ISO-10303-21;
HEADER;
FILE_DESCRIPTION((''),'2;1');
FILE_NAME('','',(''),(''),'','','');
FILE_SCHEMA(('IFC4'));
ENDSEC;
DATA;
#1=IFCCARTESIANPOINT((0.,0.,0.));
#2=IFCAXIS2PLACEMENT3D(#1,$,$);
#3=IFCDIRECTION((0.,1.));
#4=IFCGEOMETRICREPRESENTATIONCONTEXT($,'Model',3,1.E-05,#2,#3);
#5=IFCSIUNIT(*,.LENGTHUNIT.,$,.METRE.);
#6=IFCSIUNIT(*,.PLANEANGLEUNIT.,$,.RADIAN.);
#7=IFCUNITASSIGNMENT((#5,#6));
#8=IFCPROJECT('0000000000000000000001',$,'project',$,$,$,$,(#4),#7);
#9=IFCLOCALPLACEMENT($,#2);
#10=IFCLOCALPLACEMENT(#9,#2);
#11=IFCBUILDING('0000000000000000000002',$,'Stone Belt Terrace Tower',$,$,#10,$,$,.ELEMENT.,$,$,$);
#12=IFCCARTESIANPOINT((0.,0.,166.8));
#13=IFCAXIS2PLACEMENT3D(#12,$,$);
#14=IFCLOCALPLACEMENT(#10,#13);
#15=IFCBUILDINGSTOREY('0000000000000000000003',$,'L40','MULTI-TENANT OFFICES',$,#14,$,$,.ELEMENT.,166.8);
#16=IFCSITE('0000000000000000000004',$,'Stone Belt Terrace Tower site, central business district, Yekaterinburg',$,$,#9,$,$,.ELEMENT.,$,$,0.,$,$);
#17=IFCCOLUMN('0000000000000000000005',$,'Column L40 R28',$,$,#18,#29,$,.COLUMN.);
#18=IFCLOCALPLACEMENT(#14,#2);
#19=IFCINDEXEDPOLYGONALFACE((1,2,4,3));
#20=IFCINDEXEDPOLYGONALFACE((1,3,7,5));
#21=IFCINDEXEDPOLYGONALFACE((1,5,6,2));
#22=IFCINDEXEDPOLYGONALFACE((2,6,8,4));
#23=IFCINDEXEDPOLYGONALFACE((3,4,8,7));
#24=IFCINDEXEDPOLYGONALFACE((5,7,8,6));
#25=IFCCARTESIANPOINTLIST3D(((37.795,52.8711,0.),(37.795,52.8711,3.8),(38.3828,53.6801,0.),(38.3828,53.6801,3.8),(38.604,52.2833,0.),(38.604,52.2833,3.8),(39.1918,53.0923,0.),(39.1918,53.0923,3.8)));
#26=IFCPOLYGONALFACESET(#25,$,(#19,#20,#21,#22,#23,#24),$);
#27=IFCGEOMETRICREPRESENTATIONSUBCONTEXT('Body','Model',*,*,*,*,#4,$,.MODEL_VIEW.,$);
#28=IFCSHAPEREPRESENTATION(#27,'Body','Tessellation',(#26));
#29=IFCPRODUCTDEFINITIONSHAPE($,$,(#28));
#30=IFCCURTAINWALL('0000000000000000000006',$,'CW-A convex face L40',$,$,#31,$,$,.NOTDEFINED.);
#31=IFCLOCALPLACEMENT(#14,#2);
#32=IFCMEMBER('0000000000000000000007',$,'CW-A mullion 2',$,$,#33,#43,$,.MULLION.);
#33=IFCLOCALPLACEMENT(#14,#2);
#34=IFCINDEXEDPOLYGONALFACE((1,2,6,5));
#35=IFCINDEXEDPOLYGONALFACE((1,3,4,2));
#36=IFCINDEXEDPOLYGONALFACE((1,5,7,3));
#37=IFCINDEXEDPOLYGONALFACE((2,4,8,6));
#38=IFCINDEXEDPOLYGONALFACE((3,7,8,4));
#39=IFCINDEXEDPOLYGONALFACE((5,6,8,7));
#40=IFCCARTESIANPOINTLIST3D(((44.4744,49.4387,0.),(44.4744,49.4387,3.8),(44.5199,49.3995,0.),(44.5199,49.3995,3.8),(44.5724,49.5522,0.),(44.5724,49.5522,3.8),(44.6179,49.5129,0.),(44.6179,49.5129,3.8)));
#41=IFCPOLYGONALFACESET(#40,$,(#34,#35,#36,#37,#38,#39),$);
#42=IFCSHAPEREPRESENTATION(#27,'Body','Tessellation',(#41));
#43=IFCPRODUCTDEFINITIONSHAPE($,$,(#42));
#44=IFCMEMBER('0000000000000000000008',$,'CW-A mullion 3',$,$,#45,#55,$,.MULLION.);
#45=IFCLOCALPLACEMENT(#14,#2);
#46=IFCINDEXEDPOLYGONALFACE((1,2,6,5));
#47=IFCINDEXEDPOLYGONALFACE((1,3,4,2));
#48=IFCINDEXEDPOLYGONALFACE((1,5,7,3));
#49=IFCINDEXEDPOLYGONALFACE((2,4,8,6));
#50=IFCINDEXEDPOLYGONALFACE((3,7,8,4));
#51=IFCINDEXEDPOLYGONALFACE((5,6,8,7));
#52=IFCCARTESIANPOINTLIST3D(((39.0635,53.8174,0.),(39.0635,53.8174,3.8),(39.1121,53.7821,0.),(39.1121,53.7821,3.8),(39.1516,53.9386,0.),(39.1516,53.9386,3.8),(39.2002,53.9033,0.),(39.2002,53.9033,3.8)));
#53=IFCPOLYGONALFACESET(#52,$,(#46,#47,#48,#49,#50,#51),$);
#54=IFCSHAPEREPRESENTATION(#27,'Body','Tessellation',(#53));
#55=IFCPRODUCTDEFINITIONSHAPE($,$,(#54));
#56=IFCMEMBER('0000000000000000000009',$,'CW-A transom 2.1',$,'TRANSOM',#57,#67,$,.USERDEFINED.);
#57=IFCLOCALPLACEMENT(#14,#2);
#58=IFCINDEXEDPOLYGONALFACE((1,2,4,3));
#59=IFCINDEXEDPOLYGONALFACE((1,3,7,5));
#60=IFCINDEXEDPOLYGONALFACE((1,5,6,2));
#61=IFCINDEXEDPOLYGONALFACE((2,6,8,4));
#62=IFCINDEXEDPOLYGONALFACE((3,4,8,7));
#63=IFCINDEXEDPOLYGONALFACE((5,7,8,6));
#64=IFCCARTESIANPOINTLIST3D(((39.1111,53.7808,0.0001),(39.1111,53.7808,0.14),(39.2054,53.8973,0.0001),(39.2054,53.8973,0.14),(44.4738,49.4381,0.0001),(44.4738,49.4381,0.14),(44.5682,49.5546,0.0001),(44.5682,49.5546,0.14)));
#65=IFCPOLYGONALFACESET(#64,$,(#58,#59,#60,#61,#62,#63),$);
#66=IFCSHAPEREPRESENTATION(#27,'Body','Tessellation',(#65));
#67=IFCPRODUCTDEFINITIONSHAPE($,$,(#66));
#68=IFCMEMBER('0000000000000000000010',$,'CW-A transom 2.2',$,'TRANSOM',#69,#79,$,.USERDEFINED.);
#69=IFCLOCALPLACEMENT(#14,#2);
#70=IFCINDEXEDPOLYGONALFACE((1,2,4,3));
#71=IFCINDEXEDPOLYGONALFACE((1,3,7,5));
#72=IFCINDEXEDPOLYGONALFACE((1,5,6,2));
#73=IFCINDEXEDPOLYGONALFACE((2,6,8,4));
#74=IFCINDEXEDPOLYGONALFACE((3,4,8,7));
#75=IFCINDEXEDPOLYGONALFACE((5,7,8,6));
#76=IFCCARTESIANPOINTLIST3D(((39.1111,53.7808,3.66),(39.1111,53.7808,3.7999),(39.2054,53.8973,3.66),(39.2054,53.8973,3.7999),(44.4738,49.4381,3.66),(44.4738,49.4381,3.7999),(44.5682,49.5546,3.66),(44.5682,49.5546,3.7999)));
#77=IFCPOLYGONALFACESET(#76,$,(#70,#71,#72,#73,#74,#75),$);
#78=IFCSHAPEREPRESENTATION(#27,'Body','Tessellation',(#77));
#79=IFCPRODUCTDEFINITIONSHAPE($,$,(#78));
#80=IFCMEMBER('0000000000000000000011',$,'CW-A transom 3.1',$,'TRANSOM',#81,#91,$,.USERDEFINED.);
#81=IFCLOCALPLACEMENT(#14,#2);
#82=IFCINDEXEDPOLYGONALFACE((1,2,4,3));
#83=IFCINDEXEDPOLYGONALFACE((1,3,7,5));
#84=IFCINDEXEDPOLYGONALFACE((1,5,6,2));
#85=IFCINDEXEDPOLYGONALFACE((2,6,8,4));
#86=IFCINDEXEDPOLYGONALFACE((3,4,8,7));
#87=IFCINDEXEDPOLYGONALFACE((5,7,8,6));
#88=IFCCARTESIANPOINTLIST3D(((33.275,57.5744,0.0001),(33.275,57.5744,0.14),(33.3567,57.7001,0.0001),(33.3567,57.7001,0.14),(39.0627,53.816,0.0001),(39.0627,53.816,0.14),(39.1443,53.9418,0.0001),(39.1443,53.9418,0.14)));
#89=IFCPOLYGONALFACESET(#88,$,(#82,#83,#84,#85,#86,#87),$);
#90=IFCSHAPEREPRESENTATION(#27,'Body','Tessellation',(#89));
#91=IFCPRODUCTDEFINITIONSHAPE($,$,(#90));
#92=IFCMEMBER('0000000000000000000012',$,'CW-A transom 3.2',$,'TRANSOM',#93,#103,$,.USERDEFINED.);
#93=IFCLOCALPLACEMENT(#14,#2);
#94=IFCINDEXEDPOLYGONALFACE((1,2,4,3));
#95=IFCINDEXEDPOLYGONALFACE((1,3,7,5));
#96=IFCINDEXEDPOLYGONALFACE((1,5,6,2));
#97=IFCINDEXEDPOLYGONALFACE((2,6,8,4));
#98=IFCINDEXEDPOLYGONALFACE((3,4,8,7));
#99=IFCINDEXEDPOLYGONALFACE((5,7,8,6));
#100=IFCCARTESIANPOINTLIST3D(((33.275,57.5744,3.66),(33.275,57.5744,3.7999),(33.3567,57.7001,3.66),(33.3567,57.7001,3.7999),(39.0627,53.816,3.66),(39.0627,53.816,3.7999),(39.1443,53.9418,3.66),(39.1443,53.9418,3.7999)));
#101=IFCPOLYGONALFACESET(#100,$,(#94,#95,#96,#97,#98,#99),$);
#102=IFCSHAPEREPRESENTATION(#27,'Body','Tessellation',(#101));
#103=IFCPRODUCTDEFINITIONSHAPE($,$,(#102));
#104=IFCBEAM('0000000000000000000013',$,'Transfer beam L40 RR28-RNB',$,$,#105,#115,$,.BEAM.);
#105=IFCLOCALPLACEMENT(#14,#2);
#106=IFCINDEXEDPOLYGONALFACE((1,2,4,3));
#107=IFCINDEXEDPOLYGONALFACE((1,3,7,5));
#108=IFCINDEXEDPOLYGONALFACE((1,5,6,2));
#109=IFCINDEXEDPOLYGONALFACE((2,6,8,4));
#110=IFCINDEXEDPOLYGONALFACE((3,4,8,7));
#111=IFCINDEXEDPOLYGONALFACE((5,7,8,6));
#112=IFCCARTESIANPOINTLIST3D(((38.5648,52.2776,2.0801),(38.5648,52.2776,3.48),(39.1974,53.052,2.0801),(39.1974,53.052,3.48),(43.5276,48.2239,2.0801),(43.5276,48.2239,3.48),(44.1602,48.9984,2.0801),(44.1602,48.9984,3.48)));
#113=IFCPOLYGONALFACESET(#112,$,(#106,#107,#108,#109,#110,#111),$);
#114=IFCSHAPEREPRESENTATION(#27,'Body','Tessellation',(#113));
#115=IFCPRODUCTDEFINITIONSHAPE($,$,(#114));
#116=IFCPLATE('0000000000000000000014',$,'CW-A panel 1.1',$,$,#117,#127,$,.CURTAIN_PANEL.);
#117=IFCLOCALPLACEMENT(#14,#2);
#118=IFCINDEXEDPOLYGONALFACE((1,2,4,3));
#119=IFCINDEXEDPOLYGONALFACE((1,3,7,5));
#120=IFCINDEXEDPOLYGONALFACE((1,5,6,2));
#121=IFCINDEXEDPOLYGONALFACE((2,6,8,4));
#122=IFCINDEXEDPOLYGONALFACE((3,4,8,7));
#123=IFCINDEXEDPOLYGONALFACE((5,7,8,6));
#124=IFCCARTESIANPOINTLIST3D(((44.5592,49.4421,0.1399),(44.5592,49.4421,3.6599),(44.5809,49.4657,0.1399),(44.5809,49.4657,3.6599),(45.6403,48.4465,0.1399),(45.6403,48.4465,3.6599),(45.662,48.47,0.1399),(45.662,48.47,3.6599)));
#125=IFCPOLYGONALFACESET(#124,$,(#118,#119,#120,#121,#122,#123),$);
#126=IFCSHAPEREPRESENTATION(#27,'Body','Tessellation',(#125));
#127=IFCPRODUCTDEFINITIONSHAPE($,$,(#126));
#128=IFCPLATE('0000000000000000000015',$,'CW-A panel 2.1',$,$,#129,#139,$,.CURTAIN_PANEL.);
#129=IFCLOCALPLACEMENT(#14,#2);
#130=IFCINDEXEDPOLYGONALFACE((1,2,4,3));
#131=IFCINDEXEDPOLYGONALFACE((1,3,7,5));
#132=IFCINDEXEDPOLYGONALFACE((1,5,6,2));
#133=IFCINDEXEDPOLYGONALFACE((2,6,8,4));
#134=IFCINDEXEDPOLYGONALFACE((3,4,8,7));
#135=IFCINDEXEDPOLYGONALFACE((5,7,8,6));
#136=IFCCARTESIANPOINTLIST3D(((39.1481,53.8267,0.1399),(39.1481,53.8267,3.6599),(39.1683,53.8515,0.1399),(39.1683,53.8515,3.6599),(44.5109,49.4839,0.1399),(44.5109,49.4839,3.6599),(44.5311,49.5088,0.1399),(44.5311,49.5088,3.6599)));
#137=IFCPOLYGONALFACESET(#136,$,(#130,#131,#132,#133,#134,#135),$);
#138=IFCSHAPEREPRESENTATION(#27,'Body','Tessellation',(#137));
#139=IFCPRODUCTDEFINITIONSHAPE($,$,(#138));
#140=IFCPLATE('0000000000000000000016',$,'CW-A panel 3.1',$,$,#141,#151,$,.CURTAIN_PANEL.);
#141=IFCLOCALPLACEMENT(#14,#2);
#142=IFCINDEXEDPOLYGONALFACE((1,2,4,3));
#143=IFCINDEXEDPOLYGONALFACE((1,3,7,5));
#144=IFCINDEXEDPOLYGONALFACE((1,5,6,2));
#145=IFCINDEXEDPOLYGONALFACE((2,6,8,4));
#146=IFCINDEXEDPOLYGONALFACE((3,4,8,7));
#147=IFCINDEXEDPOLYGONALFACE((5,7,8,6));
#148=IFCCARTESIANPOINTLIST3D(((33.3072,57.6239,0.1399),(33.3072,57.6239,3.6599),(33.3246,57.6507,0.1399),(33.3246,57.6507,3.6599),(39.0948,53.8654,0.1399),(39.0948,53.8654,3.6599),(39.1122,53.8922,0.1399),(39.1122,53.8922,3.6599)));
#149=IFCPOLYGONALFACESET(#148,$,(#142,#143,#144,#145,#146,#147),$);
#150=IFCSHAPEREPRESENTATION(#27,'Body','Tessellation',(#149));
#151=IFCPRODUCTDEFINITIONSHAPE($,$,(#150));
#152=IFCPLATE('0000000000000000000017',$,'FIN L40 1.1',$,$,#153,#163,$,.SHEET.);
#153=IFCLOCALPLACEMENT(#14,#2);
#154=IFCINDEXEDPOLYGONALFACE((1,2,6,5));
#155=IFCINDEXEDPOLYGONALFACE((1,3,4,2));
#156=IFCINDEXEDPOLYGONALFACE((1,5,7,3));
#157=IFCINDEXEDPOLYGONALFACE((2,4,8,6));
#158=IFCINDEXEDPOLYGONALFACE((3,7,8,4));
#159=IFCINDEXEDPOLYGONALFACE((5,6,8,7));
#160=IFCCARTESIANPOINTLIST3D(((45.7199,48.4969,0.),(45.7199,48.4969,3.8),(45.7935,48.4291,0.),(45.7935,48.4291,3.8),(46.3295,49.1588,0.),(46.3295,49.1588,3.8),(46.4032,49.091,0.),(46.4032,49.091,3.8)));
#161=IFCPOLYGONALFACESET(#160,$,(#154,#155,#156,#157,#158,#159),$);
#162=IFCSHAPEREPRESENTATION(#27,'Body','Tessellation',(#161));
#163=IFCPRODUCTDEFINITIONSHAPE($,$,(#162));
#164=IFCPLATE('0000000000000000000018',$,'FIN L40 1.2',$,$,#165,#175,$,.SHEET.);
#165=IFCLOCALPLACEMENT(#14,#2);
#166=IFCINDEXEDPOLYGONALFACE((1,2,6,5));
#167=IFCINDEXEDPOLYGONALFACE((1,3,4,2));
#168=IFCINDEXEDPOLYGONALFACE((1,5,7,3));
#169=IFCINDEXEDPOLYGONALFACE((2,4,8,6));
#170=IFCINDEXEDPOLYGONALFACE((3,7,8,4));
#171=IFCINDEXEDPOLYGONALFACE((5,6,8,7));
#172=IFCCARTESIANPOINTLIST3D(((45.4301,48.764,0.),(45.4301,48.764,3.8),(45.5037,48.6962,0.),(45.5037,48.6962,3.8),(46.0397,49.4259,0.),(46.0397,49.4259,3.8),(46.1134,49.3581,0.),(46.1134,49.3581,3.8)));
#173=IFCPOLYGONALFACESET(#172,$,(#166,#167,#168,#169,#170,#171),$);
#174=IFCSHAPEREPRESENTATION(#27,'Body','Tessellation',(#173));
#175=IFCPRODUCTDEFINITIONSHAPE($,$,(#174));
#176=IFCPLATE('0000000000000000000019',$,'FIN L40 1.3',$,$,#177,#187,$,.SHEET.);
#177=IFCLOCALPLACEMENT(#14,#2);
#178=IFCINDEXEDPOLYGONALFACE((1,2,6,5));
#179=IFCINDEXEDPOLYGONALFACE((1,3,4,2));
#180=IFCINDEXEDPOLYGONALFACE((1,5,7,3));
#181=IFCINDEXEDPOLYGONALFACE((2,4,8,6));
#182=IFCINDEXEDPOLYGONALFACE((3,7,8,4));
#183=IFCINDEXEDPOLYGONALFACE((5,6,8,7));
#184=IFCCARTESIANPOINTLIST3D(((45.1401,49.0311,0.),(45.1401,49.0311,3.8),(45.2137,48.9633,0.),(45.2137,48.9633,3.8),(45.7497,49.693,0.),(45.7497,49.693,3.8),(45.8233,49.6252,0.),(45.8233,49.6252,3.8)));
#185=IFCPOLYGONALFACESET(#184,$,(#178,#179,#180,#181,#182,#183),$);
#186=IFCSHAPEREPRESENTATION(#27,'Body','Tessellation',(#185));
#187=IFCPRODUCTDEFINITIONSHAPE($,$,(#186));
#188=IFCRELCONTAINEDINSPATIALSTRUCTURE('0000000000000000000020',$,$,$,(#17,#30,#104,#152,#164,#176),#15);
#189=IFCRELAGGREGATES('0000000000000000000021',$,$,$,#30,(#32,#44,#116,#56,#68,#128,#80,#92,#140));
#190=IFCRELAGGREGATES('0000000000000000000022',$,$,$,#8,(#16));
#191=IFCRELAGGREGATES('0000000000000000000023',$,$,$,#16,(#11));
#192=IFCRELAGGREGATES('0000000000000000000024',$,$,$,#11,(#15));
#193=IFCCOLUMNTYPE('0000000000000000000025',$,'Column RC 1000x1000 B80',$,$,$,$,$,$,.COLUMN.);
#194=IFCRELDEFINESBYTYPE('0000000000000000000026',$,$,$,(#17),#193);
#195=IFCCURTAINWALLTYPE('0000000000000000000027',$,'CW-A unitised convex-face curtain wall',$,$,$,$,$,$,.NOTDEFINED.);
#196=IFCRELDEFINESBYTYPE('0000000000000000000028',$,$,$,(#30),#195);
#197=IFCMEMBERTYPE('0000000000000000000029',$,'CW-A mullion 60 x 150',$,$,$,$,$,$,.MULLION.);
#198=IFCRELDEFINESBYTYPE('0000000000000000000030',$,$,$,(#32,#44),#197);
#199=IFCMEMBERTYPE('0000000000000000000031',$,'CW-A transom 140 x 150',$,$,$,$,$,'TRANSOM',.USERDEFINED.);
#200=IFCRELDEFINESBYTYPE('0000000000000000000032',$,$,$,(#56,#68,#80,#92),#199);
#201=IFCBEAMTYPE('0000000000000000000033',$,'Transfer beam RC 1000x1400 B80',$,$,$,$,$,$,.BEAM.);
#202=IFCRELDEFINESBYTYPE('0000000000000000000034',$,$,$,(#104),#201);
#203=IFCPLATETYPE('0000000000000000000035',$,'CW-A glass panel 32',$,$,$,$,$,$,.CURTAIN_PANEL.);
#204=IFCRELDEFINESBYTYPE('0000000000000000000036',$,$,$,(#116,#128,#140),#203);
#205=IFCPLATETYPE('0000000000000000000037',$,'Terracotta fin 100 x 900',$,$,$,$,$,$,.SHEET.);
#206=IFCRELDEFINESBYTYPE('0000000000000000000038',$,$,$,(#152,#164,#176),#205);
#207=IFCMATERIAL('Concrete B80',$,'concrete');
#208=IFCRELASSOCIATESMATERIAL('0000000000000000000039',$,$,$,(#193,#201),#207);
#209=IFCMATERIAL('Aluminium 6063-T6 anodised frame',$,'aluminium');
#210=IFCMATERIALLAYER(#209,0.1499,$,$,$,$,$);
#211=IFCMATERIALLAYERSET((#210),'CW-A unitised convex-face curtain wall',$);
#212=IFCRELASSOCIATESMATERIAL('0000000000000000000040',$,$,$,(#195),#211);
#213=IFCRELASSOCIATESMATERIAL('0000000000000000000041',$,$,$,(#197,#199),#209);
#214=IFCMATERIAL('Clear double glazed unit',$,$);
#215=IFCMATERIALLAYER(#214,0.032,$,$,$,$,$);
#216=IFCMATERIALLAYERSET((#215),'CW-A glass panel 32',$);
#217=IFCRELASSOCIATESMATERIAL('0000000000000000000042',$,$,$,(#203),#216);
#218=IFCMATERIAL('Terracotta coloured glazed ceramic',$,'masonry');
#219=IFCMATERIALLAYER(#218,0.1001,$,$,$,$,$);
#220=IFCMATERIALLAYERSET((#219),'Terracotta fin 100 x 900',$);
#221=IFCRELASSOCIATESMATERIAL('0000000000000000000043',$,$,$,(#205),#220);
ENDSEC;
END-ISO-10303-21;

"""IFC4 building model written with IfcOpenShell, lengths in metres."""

from ifc_helpers import new_model, si_unit, direction, frame, origin, origin_2d, place, context, subcontext, project, spatial, rectangle, extrude, material, layer, layer_set, material_profile, profile_set, type_object, element, aggregate, save


model = new_model("IFC4")

# Units and contexts
model_context = context("Model", 3, precision=1e-05, world=origin(), true_north=direction((0.0, 1.0)))
body_context = subcontext(model_context, "Body", "Model", "MODEL_VIEW")
ifc_project = project(units=[si_unit("LENGTHUNIT", "METRE"), si_unit("PLANEANGLEUNIT", "RADIAN")], contexts=[model_context])

# Site, building, storey
site_placement = place(None, origin())
site = spatial("IfcSite", under=ifc_project, at=site_placement, Name="Stone Belt Terrace Tower site, central business district, Yekaterinburg", CompositionType="ELEMENT", RefElevation=0.0)
building_placement = place(site_placement, origin())
building = spatial("IfcBuilding", under=site, at=building_placement, Name="Stone Belt Terrace Tower", CompositionType="ELEMENT")
storey_placement = place(building_placement, frame((0.0, 0.0, 166.8)))
storey = spatial("IfcBuildingStorey", under=building, at=storey_placement, Name="L40", Description="MULTI-TENANT OFFICES", CompositionType="ELEMENT", Elevation=166.8)

# Column
ifc_material_1 = material(Name="Concrete B80", Category="concrete")
ifc_material_profile_1 = material_profile(ifc_material_1, rectangle(XDim=1.0, YDim=1.0, at=origin_2d()), Name="RC 1000x1000")
ifc_profile_set_1 = profile_set([ifc_material_profile_1], Name="Concrete B80")
column_type = type_object("IfcColumnType", Name="Column RC 1000x1000 B80", PredefinedType="COLUMN", material=ifc_profile_set_1)
column_placement = place(storey_placement, frame((38.4934, 52.9817, 0.0), z_axis=(0.0, 0.0, 1.0), x_axis=(0.809017, -0.587785, 0.0)))
element("IfcColumn", 1, at=column_placement, inside=storey, type_object=column_type, Name="Column L40 R28", PredefinedType="COLUMN", context=body_context, shape_type="SweptSolid", body=[
    extrude(rectangle(XDim=1.0, YDim=1.0, at=origin_2d()), origin(), (0.0, 0.0, 1.0), 3.8),
])

# Curtain wall, members
ifc_material_2 = material(Name="Aluminium 6063-T6 anodised frame", Category="aluminium")
ifc_layer_1 = layer(ifc_material_2, 0.1499)
ifc_layer_set_1 = layer_set([ifc_layer_1], Name="CW-A unitised convex-face curtain wall")
curtain_wall_type = type_object("IfcCurtainWallType", Name="CW-A unitised convex-face curtain wall", PredefinedType="NOTDEFINED", material=ifc_layer_set_1)
curtain_wall_placement = place(storey_placement, origin())
curtain_wall = element("IfcCurtainWall", 2, at=curtain_wall_placement, inside=storey, type_object=curtain_wall_type, Name="CW-A convex face L40", PredefinedType="NOTDEFINED")
ifc_material_profile_2 = material_profile(ifc_material_2, rectangle(XDim=0.1499, YDim=0.0601, at=origin_2d()), Name="Aluminium 6063-T6 60x150")
ifc_profile_set_2 = profile_set([ifc_material_profile_2], Name="Aluminium 6063-T6 anodised frame")
member_type_1 = type_object("IfcMemberType", Name="CW-A mullion 60 x 150", PredefinedType="MULLION", material=ifc_profile_set_2)
member_1_placement = place(storey_placement, frame((44.5461, 49.4758, 0.0), z_axis=(0.0, 0.0, 1.0), x_axis=(-0.653721, -0.756736, 0.0)))
member_1 = element("IfcMember", 3, at=member_1_placement, type_object=member_type_1, Name="CW-A mullion 2", PredefinedType="MULLION", context=body_context, shape_type="SweptSolid", body=[
    extrude(rectangle(XDim=0.1499, YDim=0.0601, at=origin_2d()), origin(), (0.0, 0.0, 1.0), 3.8),
])
member_2_placement = place(storey_placement, frame((39.1318, 53.8604, 0.0), z_axis=(0.0, 0.0, 1.0), x_axis=(-0.587785, -0.809017, 0.0)))
member_2 = element("IfcMember", 4, at=member_2_placement, type_object=member_type_1, Name="CW-A mullion 3", PredefinedType="MULLION", context=body_context, shape_type="SweptSolid", body=[
    extrude(rectangle(XDim=0.1499, YDim=0.0601, at=origin_2d()), origin(), (0.0, 0.0, 1.0), 3.8),
])
ifc_material_profile_3 = material_profile(ifc_material_2, rectangle(XDim=0.1499, YDim=0.1399, at=origin_2d()), Name="Aluminium 6063-T6 150x140")
ifc_profile_set_3 = profile_set([ifc_material_profile_3], Name="Aluminium 6063-T6 anodised frame")
member_type_2 = type_object("IfcMemberType", Name="CW-A transom 140 x 150", ElementType="TRANSOM", PredefinedType="USERDEFINED", material=ifc_profile_set_3)
member_3_placement = place(storey_placement, frame((44.521, 49.4963, 0.0701), z_axis=(-0.777141, 0.629326, 0.0), x_axis=(-0.629326, -0.777141, 0.0)))
member_3 = element("IfcMember", 5, at=member_3_placement, type_object=member_type_2, Name="CW-A transom 2.1", ObjectType="TRANSOM", PredefinedType="USERDEFINED", context=body_context, shape_type="SweptSolid", body=[
    extrude(rectangle(XDim=0.1499, YDim=0.1399, at=origin_2d()), origin(), (0.0, 0.0, 1.0), 6.9006),
])
member_4_placement = place(storey_placement, frame((44.521, 49.4963, 3.73), z_axis=(-0.777141, 0.629326, 0.0), x_axis=(-0.629326, -0.777141, 0.0)))
member_4 = element("IfcMember", 6, at=member_4_placement, type_object=member_type_2, Name="CW-A transom 2.2", ObjectType="TRANSOM", PredefinedType="USERDEFINED", context=body_context, shape_type="SweptSolid", body=[
    extrude(rectangle(XDim=0.1499, YDim=0.1399, at=origin_2d()), origin(), (0.0, 0.0, 1.0), 6.9006),
])
member_5_placement = place(storey_placement, frame((39.1035, 53.8789, 0.0701), z_axis=(-0.838684, 0.544618, 0.0), x_axis=(-0.544618, -0.838684, 0.0)))
member_5 = element("IfcMember", 7, at=member_5_placement, type_object=member_type_2, Name="CW-A transom 3.1", ObjectType="TRANSOM", PredefinedType="USERDEFINED", context=body_context, shape_type="SweptSolid", body=[
    extrude(rectangle(XDim=0.1499, YDim=0.1399, at=origin_2d()), origin(), (0.0, 0.0, 1.0), 6.9009),
])
member_6_placement = place(storey_placement, frame((39.1035, 53.8789, 3.73), z_axis=(-0.838684, 0.544618, 0.0), x_axis=(-0.544618, -0.838684, 0.0)))
member_6 = element("IfcMember", 8, at=member_6_placement, type_object=member_type_2, Name="CW-A transom 3.2", ObjectType="TRANSOM", PredefinedType="USERDEFINED", context=body_context, shape_type="SweptSolid", body=[
    extrude(rectangle(XDim=0.1499, YDim=0.1399, at=origin_2d()), origin(), (0.0, 0.0, 1.0), 6.9009),
])

# Beam
ifc_material_profile_4 = material_profile(ifc_material_1, rectangle(XDim=1.0, YDim=1.3999, at=origin_2d()), Name="RC 1000x1400")
ifc_profile_set_4 = profile_set([ifc_material_profile_4], Name="Concrete B80")
beam_type = type_object("IfcBeamType", Name="Transfer beam RC 1000x1400 B80", PredefinedType="BEAM", material=ifc_profile_set_4)
beam_placement = place(storey_placement, frame((38.8811, 52.6648, 2.78), z_axis=(0.77448, -0.632599, 0.0), x_axis=(0.632599, 0.77448, 0.0)))
element("IfcBeam", 9, at=beam_placement, inside=storey, type_object=beam_type, Name="Transfer beam L40 RR28-RNB", PredefinedType="BEAM", context=body_context, shape_type="SweptSolid", body=[
    extrude(rectangle(XDim=1.0, YDim=1.3999, at=origin_2d()), origin(), (0.0, 0.0, 1.0), 6.408),
])

# Plates
ifc_material_3 = material(Name="Clear double glazed unit")
ifc_layer_2 = layer(ifc_material_3, 0.032)
ifc_layer_set_2 = layer_set([ifc_layer_2], Name="CW-A glass panel 32")
plate_type_1 = type_object("IfcPlateType", Name="CW-A glass panel 32", PredefinedType="CURTAIN_PANEL", material=ifc_layer_set_2)
plate_1_placement = place(storey_placement, frame((45.1106, 48.9561, 0.1399), z_axis=(0.0, 0.0, 1.0), x_axis=(-0.735559, 0.67746, 0.0)))
plate_1 = element("IfcPlate", 10, at=plate_1_placement, type_object=plate_type_1, Name="CW-A panel 1.1", PredefinedType="CURTAIN_PANEL", context=body_context, shape_type="SweptSolid", body=[
    extrude(rectangle(XDim=1.4697, YDim=0.032, at=origin_2d()), origin(), (0.0, 0.0, 1.0), 3.52),
])
plate_2_placement = place(storey_placement, frame((41.8396, 51.6677, 0.1399), z_axis=(0.0, 0.0, 1.0), x_axis=(-0.777146, 0.62932, 0.0)))
plate_2 = element("IfcPlate", 11, at=plate_2_placement, type_object=plate_type_1, Name="CW-A panel 2.1", PredefinedType="CURTAIN_PANEL", context=body_context, shape_type="SweptSolid", body=[
    extrude(rectangle(XDim=6.9006, YDim=0.032, at=origin_2d()), origin(), (0.0, 0.0, 1.0), 3.52),
])
plate_3_placement = place(storey_placement, frame((36.2097, 55.7581, 0.1399), z_axis=(0.0, 0.0, 1.0), x_axis=(-0.838671, 0.544639, 0.0)))
plate_3 = element("IfcPlate", 12, at=plate_3_placement, type_object=plate_type_1, Name="CW-A panel 3.1", PredefinedType="CURTAIN_PANEL", context=body_context, shape_type="SweptSolid", body=[
    extrude(rectangle(XDim=6.9009, YDim=0.032, at=origin_2d()), origin(), (0.0, 0.0, 1.0), 3.52),
])
aggregate(curtain_wall, [member_1, member_2, plate_1, member_3, member_4, plate_2, member_5, member_6, plate_3])

# Plates
ifc_material_4 = material(Name="Terracotta coloured glazed ceramic", Category="masonry")
ifc_layer_3 = layer(ifc_material_4, 0.1001)
ifc_layer_set_3 = layer_set([ifc_layer_3], Name="Terracotta fin 100 x 900")
plate_type_2 = type_object("IfcPlateType", Name="Terracotta fin 100 x 900", PredefinedType="SHEET", material=ifc_layer_set_3)
for number, where, z_axis, x_axis, name in (
    (13, (46.0615, 48.7939, 0.0), (0.0, 0.0, 1.0), (0.67746, 0.735559, 0.0), "FIN L40 1.1"),
    (14, (45.7717, 49.061, 0.0), (0.0, 0.0, 1.0), (0.67746, 0.735559, 0.0), "FIN L40 1.2"),
    (15, (45.4817, 49.3281, 0.0), (0.0, 0.0, 1.0), (0.67746, 0.735559, 0.0), "FIN L40 1.3"),
):
    element("IfcPlate", number, at=place(storey_placement, frame(where, z_axis=z_axis, x_axis=x_axis)), inside=storey, type_object=plate_type_2, Name=name, PredefinedType="SHEET", context=body_context, shape_type="SweptSolid", body=[
        extrude(rectangle(XDim=0.8999, YDim=0.1001, at=origin_2d()), origin(), (0.0, 0.0, 1.0), 3.8),
    ])

save(model, "model.ifc")
